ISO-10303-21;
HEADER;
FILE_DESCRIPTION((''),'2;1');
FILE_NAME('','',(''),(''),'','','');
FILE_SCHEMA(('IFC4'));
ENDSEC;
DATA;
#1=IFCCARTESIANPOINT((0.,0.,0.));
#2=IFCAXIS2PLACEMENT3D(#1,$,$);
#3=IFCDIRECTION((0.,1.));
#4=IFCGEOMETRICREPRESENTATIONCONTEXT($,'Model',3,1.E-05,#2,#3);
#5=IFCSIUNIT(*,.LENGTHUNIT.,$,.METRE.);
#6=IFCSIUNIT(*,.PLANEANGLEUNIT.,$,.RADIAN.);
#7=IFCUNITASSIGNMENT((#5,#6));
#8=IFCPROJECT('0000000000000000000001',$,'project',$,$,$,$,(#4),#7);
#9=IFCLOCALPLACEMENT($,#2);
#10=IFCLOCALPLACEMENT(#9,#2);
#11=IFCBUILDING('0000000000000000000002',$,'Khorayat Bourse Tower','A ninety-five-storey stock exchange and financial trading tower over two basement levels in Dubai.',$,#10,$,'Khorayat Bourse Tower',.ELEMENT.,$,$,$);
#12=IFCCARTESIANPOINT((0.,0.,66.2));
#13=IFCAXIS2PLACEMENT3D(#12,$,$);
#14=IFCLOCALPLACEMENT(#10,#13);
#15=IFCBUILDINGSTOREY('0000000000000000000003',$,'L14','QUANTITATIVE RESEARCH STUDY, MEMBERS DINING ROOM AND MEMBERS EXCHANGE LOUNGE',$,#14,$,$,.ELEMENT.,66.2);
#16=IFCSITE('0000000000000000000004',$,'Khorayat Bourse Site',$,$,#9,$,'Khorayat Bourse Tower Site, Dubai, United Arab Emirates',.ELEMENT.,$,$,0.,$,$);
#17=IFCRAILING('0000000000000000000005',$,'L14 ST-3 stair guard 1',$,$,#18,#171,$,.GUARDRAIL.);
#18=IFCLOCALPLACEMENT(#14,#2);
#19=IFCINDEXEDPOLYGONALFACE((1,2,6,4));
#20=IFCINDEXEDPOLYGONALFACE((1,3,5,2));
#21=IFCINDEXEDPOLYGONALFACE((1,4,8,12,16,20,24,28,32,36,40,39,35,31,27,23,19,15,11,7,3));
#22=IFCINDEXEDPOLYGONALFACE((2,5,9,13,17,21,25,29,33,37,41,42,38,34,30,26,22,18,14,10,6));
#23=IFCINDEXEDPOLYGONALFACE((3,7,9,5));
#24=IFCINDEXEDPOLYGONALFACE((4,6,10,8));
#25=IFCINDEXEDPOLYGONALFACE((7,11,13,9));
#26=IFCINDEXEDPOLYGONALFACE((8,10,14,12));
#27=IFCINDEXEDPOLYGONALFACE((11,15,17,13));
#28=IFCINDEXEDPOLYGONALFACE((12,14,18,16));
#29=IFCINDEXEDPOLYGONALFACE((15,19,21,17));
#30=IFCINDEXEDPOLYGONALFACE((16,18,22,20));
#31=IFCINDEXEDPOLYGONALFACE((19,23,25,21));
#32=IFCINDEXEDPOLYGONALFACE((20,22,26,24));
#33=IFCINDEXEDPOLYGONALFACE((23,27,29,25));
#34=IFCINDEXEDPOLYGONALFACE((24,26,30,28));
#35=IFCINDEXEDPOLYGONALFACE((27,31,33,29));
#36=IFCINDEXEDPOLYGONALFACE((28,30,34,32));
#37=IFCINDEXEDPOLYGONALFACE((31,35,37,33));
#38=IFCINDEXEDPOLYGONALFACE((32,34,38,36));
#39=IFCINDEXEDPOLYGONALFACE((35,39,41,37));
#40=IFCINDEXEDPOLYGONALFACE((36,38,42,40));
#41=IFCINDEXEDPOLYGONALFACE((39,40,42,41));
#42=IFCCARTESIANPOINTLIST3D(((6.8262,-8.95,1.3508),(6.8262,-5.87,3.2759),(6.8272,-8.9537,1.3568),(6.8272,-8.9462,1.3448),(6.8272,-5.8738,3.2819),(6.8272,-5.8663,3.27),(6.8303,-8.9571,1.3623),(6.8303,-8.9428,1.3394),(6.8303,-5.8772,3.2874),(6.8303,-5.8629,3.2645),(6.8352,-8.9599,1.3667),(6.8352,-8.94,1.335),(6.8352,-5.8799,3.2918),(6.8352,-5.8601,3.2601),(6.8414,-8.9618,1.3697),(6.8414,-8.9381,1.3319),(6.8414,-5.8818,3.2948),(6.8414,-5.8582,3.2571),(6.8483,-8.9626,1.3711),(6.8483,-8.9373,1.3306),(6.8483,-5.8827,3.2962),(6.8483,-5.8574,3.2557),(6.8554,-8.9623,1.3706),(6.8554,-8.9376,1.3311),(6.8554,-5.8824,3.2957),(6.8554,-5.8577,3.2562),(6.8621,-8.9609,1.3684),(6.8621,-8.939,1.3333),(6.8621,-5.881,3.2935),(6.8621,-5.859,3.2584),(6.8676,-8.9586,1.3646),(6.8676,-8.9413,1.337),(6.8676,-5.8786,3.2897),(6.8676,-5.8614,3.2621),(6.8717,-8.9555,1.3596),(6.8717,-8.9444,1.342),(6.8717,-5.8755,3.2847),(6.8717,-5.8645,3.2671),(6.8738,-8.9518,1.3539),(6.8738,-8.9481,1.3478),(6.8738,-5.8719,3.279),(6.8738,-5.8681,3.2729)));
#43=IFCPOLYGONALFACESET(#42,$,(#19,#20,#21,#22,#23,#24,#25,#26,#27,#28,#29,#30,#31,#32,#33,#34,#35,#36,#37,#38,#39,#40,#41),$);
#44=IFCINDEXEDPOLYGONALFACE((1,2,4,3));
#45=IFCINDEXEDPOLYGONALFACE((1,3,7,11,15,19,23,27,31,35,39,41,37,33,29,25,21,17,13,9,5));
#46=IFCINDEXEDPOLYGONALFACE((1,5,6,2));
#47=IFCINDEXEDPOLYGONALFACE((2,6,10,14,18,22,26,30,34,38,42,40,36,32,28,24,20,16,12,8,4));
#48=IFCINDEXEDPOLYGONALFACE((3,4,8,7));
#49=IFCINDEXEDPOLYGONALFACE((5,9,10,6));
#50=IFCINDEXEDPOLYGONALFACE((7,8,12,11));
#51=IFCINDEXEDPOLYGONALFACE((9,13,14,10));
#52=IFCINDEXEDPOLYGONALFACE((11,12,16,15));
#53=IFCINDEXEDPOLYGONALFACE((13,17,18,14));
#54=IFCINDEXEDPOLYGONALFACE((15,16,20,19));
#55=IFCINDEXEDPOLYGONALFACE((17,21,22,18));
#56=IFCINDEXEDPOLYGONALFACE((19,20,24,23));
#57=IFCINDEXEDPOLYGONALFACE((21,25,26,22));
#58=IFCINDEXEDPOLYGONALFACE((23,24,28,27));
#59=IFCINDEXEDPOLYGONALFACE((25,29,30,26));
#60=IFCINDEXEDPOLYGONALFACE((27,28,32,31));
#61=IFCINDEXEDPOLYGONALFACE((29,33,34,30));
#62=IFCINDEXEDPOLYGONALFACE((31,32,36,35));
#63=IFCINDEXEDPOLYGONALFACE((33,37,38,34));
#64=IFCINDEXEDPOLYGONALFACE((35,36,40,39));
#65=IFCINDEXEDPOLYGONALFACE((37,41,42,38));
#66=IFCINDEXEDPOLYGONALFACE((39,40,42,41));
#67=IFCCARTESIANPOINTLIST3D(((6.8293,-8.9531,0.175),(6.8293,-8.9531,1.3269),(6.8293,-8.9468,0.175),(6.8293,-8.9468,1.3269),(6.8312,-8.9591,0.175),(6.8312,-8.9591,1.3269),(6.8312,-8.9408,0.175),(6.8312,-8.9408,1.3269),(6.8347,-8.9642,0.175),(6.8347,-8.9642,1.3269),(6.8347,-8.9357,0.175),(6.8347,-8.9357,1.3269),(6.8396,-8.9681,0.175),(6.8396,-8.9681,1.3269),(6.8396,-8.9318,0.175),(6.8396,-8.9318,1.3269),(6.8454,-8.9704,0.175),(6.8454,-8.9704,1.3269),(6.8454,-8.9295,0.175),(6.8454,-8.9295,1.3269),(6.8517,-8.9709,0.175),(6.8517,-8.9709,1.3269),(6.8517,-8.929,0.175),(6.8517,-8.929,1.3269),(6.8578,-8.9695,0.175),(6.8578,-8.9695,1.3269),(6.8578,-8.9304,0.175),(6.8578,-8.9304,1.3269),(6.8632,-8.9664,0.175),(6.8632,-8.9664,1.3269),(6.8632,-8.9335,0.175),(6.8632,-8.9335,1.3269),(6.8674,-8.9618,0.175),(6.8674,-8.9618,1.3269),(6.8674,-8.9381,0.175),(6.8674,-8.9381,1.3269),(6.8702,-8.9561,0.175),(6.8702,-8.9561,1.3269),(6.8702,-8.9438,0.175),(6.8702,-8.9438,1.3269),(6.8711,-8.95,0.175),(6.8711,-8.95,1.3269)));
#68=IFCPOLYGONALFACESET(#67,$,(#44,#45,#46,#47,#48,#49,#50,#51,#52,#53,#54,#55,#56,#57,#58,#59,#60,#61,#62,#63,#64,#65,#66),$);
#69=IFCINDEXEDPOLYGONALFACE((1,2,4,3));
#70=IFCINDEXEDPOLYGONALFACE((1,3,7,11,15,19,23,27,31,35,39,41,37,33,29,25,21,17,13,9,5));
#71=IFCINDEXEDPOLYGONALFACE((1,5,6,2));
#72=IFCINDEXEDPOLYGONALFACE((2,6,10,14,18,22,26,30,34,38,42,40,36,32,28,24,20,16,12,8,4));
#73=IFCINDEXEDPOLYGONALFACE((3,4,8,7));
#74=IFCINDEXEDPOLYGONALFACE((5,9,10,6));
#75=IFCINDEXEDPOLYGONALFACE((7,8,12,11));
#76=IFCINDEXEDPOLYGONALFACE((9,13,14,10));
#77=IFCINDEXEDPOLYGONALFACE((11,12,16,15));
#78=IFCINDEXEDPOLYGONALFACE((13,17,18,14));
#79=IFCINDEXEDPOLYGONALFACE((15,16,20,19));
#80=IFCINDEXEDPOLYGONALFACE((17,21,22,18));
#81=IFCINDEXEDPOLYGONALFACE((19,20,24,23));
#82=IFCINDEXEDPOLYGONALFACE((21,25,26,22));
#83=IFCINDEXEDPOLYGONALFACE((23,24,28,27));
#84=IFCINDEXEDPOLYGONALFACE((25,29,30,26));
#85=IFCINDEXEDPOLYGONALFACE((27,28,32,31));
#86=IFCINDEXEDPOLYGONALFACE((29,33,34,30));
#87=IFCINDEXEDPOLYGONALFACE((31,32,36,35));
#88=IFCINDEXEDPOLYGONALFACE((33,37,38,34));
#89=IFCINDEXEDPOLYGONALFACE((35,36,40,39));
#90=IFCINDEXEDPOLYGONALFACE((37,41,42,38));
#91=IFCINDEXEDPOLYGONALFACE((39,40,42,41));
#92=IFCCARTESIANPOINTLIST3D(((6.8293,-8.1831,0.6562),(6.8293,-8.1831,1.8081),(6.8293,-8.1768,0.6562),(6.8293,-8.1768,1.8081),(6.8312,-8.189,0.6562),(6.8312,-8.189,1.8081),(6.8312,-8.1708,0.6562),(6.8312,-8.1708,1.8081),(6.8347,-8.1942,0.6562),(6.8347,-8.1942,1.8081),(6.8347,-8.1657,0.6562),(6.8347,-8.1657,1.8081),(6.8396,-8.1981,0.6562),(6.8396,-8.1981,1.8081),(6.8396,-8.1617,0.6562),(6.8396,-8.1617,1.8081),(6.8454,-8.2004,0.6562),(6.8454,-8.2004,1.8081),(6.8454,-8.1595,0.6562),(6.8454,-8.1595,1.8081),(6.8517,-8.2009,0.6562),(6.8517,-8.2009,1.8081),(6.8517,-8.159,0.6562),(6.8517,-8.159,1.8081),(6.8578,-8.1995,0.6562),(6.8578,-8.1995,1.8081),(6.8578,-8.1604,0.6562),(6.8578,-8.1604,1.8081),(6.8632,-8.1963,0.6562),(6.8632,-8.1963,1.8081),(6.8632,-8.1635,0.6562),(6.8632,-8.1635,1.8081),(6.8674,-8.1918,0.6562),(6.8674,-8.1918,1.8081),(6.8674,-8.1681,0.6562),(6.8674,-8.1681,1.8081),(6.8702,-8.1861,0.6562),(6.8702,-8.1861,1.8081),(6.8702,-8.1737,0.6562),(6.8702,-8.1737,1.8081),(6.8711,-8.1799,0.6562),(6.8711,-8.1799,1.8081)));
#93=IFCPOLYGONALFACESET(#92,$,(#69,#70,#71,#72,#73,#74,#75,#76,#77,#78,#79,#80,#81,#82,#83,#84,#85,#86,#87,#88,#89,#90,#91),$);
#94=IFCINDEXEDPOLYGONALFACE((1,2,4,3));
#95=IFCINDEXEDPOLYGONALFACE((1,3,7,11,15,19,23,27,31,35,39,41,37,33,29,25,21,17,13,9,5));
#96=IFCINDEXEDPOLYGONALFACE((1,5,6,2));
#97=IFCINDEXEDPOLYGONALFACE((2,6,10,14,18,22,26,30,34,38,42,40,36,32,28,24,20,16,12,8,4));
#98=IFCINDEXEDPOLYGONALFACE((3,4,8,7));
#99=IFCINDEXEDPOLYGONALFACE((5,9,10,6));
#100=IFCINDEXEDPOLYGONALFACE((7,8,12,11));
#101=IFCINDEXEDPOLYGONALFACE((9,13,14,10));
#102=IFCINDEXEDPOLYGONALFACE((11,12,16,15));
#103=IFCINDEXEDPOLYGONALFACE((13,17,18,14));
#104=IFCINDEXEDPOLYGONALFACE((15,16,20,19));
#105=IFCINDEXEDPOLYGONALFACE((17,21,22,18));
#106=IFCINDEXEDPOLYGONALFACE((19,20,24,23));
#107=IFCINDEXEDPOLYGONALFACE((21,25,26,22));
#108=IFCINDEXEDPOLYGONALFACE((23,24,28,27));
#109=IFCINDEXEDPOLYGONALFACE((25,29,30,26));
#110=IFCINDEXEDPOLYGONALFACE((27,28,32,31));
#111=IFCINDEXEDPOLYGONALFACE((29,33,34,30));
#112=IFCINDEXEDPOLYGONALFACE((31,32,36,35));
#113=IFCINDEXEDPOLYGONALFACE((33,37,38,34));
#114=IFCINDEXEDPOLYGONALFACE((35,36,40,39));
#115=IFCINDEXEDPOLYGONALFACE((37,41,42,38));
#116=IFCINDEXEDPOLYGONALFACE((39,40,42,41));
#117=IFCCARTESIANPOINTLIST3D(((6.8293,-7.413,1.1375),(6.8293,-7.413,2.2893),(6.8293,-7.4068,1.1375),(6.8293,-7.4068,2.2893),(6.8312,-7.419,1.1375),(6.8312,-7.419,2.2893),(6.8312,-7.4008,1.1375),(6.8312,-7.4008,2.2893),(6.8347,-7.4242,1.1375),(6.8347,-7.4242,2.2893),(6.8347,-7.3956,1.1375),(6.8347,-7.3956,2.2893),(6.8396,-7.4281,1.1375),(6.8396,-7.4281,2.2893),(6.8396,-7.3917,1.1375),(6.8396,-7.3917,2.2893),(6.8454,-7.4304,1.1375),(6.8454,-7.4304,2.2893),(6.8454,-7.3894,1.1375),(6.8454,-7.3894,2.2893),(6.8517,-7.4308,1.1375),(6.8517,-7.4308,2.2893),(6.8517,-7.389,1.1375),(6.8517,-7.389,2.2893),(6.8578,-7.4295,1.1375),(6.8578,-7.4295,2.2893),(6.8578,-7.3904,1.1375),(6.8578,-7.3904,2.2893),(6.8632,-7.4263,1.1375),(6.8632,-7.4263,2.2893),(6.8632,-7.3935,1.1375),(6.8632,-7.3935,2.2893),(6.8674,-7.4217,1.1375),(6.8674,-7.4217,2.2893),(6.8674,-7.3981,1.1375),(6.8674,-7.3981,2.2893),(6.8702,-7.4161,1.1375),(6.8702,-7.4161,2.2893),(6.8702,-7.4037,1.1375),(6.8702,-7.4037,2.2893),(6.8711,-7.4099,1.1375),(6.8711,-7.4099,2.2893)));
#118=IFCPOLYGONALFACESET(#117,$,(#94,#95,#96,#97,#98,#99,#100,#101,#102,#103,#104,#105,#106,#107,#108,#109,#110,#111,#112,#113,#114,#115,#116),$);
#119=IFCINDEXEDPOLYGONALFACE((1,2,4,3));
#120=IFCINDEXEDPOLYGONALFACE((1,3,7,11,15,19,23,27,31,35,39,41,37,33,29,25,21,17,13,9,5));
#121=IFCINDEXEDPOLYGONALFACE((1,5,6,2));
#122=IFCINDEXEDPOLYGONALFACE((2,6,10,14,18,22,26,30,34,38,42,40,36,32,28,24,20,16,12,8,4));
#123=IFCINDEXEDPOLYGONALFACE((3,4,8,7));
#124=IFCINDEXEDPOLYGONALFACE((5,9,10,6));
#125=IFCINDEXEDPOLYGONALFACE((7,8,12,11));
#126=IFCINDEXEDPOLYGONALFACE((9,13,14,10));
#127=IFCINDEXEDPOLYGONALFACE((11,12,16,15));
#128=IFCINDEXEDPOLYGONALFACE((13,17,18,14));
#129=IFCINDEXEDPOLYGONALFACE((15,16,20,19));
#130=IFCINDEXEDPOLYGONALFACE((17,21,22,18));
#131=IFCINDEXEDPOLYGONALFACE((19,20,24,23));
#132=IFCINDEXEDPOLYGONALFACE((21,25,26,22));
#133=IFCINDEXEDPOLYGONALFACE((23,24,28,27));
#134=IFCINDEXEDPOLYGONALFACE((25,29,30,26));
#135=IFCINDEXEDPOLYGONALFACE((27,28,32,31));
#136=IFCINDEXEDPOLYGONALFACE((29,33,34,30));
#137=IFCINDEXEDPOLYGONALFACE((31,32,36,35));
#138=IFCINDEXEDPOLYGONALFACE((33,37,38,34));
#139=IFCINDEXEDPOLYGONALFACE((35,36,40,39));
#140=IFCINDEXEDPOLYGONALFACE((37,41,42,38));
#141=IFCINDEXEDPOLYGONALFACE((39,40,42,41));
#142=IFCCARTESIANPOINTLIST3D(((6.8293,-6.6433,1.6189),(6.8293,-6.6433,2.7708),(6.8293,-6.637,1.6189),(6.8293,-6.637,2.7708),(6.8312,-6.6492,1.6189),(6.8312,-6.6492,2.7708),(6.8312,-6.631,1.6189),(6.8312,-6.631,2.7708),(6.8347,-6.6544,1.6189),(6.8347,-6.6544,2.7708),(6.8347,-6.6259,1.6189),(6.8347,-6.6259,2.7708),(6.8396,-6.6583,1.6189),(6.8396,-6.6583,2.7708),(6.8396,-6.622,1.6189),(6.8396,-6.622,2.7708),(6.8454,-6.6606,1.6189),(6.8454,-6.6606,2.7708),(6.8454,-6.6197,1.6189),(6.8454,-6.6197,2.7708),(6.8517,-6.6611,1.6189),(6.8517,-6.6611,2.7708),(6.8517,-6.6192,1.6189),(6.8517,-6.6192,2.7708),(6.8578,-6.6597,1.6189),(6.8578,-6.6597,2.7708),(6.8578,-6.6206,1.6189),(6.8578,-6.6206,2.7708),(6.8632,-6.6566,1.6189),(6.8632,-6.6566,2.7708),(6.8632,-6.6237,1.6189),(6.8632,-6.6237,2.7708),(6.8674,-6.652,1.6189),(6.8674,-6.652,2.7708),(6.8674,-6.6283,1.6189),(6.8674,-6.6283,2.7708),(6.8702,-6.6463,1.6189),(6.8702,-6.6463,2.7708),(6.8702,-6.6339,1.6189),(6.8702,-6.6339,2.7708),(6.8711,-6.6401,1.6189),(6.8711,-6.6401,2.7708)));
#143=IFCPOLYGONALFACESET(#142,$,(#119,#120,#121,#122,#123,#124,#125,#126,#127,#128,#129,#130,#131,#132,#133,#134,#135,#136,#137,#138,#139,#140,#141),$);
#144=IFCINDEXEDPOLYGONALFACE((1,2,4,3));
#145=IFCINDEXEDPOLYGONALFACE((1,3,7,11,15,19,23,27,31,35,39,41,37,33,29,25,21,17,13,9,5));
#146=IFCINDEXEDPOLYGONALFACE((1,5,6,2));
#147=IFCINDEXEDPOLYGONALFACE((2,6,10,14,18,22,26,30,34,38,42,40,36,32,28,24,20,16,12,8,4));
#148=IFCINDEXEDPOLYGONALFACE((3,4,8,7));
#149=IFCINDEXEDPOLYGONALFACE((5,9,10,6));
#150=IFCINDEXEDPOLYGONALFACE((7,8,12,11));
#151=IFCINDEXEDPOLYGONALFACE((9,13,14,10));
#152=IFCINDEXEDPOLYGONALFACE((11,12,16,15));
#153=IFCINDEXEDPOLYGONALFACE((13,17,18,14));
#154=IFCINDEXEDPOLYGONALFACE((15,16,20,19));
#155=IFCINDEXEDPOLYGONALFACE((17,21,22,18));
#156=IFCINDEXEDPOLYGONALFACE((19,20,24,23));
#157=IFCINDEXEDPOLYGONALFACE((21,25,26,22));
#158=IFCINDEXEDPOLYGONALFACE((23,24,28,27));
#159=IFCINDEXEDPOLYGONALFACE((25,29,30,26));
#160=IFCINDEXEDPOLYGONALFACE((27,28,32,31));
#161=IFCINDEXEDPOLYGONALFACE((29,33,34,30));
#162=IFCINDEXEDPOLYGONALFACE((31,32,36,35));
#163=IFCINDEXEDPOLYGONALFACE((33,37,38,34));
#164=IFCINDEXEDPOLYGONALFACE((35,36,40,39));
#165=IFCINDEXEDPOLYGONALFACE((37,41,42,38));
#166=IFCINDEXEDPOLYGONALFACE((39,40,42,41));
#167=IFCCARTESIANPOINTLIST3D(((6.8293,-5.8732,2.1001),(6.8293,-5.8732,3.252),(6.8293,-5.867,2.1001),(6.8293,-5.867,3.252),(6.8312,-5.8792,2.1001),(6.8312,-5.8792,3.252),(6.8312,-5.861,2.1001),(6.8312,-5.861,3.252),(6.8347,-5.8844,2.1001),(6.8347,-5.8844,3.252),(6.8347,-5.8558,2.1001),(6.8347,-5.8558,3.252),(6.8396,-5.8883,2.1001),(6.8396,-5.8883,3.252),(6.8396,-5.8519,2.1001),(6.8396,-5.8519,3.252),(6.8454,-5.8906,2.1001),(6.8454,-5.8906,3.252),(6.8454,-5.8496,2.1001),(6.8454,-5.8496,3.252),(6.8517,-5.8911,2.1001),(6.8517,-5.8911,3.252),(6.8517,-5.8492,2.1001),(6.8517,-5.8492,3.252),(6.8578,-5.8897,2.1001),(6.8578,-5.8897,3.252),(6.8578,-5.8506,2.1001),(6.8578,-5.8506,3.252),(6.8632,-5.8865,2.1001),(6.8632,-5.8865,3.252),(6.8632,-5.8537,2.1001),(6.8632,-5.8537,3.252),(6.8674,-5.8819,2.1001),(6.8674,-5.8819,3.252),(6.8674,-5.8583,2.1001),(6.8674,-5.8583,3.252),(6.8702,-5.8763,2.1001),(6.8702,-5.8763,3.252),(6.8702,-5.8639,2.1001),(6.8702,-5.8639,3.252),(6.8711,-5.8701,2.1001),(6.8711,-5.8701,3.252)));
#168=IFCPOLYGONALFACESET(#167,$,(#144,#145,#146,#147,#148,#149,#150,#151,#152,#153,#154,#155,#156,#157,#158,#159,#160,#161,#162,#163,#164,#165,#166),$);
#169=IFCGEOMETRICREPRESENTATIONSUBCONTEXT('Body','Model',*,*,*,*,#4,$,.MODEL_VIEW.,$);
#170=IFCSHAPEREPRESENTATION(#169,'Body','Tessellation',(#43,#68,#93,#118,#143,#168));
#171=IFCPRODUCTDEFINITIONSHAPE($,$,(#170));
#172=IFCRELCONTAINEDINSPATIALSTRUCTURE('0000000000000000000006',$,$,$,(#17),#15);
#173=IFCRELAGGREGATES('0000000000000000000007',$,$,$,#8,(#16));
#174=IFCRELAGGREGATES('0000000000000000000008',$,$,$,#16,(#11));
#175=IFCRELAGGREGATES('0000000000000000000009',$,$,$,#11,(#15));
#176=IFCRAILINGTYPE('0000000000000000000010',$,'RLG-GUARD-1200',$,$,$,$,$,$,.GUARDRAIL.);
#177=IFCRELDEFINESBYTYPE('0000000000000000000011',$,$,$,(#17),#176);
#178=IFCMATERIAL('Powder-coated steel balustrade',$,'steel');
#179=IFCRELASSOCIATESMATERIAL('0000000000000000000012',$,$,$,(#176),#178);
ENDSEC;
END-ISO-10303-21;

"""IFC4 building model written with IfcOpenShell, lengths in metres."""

from ifc_helpers import new_model, si_unit, direction, frame, origin, origin_2d, place, context, subcontext, project, spatial, circle, extrude, source, transform, mapped, material, type_object, element, save


model = new_model("IFC4")

# Units and contexts
model_context = context("Model", 3, precision=1e-05, world=origin(), true_north=direction((0.0, 1.0)))
body_context = subcontext(model_context, "Body", "Model", "MODEL_VIEW")
ifc_project = project(units=[si_unit("LENGTHUNIT", "METRE"), si_unit("PLANEANGLEUNIT", "RADIAN")], contexts=[model_context])

# Site, building, storey
site_placement = place(None, origin())
site = spatial("IfcSite", under=ifc_project, at=site_placement, Name="Khorayat Bourse Site", LongName="Khorayat Bourse Tower Site, Dubai, United Arab Emirates", CompositionType="ELEMENT", RefElevation=0.0)
building_placement = place(site_placement, origin())
building = spatial("IfcBuilding", under=site, at=building_placement, Name="Khorayat Bourse Tower", Description="A ninety-five-storey stock exchange and financial trading tower over two basement levels in Dubai.", LongName="Khorayat Bourse Tower", CompositionType="ELEMENT")
storey_placement = place(building_placement, frame((0.0, 0.0, 66.2)))
storey = spatial("IfcBuildingStorey", under=building, at=storey_placement, Name="L14", Description="QUANTITATIVE RESEARCH STUDY, MEMBERS DINING ROOM AND MEMBERS EXCHANGE LOUNGE", CompositionType="ELEMENT", Elevation=66.2)

# Railing
ifc_material_1 = material(Name="Powder-coated steel balustrade", Category="steel")
railing_type_1 = type_object("IfcRailingType", Name="RLG-GUARD-1200", PredefinedType="GUARDRAIL", material=ifc_material_1)
shared_shape_1 = source(origin(), body_context, "Body", "SweptSolid", [
    extrude(circle(Radius=0.0239, at=origin_2d()), frame((0.0, 0.0, 1.1758), z_axis=(0.0, 0.847979, 0.530029), x_axis=(-1.0, 0.0, 0.0)), (0.0, 0.0, 1.0), 3.6321),
    extrude(circle(Radius=0.021, at=origin_2d()), origin(), (0.0, 0.0, 1.0), 1.1519),
    extrude(circle(Radius=0.021, at=origin_2d()), frame((0.0, 0.77, 0.4812)), (0.0, 0.0, 1.0), 1.1519),
    extrude(circle(Radius=0.021, at=origin_2d()), frame((0.0, 1.54, 0.9624)), (0.0, 0.0, 1.0), 1.1519),
    extrude(circle(Radius=0.021, at=origin_2d()), frame((0.0, 2.3098, 1.4438)), (0.0, 0.0, 1.0), 1.1519),
    extrude(circle(Radius=0.021, at=origin_2d()), frame((0.0, 3.0798, 1.925)), (0.0, 0.0, 1.0), 1.1519),
])
railing_1_placement = place(storey_placement, frame((6.8501, -8.95, 0.175)))
element("IfcRailing", 1, at=railing_1_placement, inside=storey, type_object=railing_type_1, Name="L14 ST-3 stair guard 1", PredefinedType="GUARDRAIL", context=body_context, shape_type="MappedRepresentation", body=[
    mapped(shared_shape_1, transform((0.0, 0.0, 0.0), scale=1.0)),
])

save(model, "model.ifc")
